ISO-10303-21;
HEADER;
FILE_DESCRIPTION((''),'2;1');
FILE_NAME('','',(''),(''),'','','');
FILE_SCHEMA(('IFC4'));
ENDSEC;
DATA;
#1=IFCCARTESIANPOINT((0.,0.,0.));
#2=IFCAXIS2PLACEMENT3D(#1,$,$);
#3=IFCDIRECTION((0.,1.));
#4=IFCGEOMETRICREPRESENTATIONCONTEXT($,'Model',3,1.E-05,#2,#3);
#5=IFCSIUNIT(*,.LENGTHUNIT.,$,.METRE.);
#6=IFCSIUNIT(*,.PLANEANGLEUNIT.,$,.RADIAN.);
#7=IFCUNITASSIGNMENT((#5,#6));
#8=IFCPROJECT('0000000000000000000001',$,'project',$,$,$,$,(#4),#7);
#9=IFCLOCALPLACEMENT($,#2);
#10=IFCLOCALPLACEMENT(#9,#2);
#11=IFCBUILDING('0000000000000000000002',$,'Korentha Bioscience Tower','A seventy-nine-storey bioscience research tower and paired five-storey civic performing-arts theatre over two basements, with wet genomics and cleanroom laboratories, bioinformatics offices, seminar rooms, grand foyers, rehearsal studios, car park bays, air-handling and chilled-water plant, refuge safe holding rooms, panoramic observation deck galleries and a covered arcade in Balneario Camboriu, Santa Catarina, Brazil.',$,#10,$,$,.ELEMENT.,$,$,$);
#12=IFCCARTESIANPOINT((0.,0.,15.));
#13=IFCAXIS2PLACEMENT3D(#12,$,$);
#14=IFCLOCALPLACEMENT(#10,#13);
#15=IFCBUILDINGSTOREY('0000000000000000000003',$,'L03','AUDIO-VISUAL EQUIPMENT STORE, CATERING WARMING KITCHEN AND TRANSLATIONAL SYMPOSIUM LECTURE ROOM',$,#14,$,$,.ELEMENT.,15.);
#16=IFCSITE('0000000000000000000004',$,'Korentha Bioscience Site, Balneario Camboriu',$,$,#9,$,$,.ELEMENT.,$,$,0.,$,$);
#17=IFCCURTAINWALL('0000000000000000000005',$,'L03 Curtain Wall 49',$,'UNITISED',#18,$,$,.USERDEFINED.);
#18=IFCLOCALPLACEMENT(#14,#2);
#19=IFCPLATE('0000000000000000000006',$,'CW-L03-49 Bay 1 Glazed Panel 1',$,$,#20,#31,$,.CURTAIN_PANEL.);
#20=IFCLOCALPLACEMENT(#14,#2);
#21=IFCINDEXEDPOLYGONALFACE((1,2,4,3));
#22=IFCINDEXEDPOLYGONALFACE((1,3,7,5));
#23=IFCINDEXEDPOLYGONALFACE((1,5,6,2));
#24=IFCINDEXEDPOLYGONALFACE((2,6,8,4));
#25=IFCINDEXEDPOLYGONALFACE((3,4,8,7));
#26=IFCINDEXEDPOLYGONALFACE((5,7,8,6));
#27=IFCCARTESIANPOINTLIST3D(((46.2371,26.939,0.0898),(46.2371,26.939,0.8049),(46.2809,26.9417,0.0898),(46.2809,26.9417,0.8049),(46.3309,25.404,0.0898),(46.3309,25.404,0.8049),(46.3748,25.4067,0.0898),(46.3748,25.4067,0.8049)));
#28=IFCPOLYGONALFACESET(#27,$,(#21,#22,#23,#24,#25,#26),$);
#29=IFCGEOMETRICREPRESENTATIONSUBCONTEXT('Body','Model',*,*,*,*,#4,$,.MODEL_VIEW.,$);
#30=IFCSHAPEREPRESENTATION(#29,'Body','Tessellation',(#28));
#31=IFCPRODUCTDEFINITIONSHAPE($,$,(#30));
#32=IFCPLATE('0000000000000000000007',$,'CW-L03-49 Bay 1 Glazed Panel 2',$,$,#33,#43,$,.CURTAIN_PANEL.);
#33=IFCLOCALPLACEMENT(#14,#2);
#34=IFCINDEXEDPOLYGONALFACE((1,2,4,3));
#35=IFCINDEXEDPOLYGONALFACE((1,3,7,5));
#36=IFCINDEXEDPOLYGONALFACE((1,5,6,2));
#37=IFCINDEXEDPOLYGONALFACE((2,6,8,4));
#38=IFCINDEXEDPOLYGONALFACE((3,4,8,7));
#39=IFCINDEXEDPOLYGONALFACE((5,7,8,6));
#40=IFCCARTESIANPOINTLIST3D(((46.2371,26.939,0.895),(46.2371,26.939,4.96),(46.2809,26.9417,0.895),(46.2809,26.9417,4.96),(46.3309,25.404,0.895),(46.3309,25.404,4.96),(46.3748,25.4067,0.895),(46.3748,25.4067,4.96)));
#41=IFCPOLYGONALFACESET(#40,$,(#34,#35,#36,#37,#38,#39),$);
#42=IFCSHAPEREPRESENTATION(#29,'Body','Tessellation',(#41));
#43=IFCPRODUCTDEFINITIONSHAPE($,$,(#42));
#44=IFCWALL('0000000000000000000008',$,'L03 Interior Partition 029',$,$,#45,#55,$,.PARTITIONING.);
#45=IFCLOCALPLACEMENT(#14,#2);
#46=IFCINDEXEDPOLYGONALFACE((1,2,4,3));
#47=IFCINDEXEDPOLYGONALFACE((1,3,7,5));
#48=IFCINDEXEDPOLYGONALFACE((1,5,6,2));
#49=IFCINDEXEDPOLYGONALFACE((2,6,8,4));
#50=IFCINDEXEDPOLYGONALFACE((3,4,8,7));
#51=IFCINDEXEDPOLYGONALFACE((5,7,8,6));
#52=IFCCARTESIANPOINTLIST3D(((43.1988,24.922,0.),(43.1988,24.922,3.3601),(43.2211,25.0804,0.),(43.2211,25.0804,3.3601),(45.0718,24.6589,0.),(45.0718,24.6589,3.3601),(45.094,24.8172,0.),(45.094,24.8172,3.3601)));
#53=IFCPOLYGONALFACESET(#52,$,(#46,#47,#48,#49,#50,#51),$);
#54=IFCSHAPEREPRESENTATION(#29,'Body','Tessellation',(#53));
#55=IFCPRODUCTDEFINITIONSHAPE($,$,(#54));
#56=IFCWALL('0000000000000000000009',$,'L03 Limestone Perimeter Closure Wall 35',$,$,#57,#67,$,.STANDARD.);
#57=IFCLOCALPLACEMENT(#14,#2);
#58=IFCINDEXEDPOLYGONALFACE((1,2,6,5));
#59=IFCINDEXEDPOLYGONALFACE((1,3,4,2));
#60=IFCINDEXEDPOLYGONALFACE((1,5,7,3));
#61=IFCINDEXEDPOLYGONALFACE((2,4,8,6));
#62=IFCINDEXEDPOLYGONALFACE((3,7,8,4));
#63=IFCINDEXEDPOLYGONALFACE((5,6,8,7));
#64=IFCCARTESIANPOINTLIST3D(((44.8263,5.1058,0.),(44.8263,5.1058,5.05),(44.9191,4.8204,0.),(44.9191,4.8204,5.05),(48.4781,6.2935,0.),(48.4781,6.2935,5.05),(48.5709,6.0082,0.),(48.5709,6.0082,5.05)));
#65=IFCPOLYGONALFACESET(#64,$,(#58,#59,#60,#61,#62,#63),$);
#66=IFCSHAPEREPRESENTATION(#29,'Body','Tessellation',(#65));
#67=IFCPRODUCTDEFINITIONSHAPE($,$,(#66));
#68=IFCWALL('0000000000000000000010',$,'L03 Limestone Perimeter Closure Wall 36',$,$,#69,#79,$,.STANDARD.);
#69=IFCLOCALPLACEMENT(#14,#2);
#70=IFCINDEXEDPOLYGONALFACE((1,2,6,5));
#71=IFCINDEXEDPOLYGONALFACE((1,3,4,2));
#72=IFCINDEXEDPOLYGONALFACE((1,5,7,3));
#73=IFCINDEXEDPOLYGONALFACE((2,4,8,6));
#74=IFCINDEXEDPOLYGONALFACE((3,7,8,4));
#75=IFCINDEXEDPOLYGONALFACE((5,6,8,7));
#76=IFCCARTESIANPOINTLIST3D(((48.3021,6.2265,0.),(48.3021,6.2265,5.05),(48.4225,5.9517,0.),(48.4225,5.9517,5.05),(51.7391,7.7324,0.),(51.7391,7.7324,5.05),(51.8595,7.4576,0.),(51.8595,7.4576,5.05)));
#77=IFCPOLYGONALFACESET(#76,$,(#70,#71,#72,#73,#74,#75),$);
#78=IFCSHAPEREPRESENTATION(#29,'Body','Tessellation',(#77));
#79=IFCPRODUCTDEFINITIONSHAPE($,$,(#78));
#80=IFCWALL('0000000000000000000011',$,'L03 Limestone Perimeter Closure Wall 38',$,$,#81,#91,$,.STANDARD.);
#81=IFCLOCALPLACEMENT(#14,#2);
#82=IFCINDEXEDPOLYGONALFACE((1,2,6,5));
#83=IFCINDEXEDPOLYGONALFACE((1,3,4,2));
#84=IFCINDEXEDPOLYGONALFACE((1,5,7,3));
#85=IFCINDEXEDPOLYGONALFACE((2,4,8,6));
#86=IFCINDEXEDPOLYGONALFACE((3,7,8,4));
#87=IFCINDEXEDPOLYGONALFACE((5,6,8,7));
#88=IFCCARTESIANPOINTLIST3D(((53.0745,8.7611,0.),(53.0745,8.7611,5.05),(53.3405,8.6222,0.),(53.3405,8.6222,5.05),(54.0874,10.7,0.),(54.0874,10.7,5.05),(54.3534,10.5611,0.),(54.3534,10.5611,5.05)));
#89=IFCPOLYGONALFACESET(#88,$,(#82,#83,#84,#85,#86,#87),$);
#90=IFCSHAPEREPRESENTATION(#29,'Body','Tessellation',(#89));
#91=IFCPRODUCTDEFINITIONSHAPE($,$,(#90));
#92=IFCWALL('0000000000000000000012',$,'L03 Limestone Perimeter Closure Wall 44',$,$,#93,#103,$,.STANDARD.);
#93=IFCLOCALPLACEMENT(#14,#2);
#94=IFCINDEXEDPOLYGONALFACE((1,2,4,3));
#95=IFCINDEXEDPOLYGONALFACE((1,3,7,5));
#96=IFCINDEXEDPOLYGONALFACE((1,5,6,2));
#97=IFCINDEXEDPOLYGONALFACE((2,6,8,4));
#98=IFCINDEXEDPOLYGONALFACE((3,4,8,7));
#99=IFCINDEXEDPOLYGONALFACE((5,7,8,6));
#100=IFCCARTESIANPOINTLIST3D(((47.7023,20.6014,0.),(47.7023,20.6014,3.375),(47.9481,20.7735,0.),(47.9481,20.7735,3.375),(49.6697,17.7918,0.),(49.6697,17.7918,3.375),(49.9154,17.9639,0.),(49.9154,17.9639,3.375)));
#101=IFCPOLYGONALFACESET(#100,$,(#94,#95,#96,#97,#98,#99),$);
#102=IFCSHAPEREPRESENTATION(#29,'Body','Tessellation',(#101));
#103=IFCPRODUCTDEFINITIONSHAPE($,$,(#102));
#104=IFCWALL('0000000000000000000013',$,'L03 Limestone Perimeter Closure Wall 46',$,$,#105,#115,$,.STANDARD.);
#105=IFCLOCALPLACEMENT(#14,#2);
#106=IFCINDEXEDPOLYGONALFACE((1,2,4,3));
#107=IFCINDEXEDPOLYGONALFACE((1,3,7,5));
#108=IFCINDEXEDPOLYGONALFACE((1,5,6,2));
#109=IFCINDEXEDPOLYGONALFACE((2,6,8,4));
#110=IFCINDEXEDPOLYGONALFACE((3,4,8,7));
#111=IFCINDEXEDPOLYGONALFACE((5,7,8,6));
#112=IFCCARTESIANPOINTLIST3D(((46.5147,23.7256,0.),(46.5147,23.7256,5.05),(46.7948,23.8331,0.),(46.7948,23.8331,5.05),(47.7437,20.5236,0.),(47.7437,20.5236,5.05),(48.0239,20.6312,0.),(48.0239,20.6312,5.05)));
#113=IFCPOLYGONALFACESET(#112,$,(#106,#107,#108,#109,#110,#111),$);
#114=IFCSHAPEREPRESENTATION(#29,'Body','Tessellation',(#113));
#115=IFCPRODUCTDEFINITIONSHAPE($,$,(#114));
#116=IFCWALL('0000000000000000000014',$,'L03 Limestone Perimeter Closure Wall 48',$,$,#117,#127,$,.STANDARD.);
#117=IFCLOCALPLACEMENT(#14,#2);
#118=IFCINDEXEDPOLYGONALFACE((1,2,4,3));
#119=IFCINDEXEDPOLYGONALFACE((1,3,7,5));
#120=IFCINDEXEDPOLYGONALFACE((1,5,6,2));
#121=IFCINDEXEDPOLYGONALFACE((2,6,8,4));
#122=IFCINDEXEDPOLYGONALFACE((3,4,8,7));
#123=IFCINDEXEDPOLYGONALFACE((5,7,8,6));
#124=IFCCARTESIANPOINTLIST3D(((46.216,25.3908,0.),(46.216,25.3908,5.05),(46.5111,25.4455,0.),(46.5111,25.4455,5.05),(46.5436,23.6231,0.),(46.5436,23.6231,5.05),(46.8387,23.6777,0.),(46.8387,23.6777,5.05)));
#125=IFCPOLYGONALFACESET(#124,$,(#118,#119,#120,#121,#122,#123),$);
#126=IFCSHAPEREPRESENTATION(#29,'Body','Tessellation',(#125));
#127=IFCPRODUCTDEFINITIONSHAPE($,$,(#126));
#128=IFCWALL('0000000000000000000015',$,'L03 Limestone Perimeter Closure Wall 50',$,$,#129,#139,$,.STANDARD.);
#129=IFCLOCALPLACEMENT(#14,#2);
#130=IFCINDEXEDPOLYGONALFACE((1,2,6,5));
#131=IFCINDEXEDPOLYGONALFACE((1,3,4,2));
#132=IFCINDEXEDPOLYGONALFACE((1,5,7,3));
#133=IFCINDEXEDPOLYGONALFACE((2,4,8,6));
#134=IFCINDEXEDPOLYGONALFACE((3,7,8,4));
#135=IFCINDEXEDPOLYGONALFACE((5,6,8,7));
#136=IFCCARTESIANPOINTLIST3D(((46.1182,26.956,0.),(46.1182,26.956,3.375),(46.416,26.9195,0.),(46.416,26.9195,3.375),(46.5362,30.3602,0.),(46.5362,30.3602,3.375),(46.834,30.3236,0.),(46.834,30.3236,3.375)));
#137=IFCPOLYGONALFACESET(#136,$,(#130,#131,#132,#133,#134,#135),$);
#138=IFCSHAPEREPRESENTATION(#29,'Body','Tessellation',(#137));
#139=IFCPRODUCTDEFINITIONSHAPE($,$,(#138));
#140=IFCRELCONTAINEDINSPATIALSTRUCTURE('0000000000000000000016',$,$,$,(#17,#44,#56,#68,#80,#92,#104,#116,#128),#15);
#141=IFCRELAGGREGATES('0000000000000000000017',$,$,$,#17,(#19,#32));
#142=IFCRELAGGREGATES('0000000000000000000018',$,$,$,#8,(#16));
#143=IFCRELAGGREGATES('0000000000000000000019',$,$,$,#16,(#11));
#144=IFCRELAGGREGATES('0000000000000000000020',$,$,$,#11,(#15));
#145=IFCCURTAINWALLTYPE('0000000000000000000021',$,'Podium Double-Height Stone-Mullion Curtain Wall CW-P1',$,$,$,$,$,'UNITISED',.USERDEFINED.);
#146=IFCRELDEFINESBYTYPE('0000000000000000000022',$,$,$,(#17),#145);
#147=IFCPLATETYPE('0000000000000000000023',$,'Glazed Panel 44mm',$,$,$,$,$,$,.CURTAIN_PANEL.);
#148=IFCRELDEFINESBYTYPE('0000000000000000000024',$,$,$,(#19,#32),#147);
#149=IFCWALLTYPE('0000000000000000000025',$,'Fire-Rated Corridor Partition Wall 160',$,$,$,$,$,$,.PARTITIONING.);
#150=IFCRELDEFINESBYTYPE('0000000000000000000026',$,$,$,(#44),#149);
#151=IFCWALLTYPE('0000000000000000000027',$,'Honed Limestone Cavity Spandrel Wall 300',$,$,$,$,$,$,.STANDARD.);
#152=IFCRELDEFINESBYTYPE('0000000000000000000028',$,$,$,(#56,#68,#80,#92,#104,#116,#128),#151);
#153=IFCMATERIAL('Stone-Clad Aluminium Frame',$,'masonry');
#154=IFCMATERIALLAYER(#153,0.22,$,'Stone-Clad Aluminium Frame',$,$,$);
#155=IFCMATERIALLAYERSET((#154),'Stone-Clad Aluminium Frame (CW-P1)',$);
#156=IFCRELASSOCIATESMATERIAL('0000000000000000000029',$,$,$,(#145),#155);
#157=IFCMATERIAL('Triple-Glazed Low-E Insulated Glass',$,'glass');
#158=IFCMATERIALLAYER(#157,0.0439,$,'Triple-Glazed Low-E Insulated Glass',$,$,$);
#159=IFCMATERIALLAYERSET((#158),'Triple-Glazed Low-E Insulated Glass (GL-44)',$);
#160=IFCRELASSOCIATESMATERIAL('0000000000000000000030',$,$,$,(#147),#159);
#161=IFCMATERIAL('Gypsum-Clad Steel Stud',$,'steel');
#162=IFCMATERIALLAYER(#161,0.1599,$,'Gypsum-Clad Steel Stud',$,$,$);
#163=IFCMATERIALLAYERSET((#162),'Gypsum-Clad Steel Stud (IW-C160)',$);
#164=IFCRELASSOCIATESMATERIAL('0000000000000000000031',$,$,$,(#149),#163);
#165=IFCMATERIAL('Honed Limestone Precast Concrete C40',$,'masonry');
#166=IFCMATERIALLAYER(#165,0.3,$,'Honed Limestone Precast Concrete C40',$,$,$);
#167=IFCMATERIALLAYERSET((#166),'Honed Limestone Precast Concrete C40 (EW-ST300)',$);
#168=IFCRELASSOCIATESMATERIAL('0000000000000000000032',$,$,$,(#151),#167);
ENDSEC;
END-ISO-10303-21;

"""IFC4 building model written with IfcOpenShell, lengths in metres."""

from ifc_helpers import new_model, si_unit, direction, frame, frame_2d, origin, origin_2d, place, context, subcontext, project, spatial, rectangle, extrude, material, layer, layer_set, type_object, element, aggregate, save


model = new_model("IFC4")

# Units and contexts
model_context = context("Model", 3, precision=1e-05, world=origin(), true_north=direction((0.0, 1.0)))
body_context = subcontext(model_context, "Body", "Model", "MODEL_VIEW")
ifc_project = project(units=[si_unit("LENGTHUNIT", "METRE"), si_unit("PLANEANGLEUNIT", "RADIAN")], contexts=[model_context])

# Site, building, storey
site_placement = place(None, origin())
site = spatial("IfcSite", under=ifc_project, at=site_placement, Name="Korentha Bioscience Site, Balneario Camboriu", CompositionType="ELEMENT", RefElevation=0.0)
building_placement = place(site_placement, origin())
building = spatial("IfcBuilding", under=site, at=building_placement, Name="Korentha Bioscience Tower", Description="A seventy-nine-storey bioscience research tower and paired five-storey civic performing-arts theatre over two basements, with wet genomics and cleanroom laboratories, bioinformatics offices, seminar rooms, grand foyers, rehearsal studios, car park bays, air-handling and chilled-water plant, refuge safe holding rooms, panoramic observation deck galleries and a covered arcade in Balneario Camboriu, Santa Catarina, Brazil.", CompositionType="ELEMENT")
storey_placement = place(building_placement, frame((0.0, 0.0, 15.0)))
storey = spatial("IfcBuildingStorey", under=building, at=storey_placement, Name="L03", Description="AUDIO-VISUAL EQUIPMENT STORE, CATERING WARMING KITCHEN AND TRANSLATIONAL SYMPOSIUM LECTURE ROOM", CompositionType="ELEMENT", Elevation=15.0)

# Curtain wall
ifc_material_1 = material(Name="Stone-Clad Aluminium Frame", Category="masonry")
ifc_layer_1 = layer(ifc_material_1, 0.22, Name="Stone-Clad Aluminium Frame")
ifc_layer_set_1 = layer_set([ifc_layer_1], Name="Stone-Clad Aluminium Frame (CW-P1)")
curtain_wall_type = type_object("IfcCurtainWallType", Name="Podium Double-Height Stone-Mullion Curtain Wall CW-P1", ElementType="UNITISED", PredefinedType="USERDEFINED", material=ifc_layer_set_1)
curtain_wall_1_placement = place(storey_placement, origin())
curtain_wall_1 = element("IfcCurtainWall", 1, at=curtain_wall_1_placement, inside=storey, type_object=curtain_wall_type, Name="L03 Curtain Wall 49", ObjectType="UNITISED", PredefinedType="USERDEFINED")

# Plates
ifc_material_2 = material(Name="Triple-Glazed Low-E Insulated Glass", Category="glass")
ifc_layer_2 = layer(ifc_material_2, 0.0439, Name="Triple-Glazed Low-E Insulated Glass")
ifc_layer_set_2 = layer_set([ifc_layer_2], Name="Triple-Glazed Low-E Insulated Glass (GL-44)")
plate_type = type_object("IfcPlateType", Name="Glazed Panel 44mm", PredefinedType="CURTAIN_PANEL", material=ifc_layer_set_2)
plate_1_placement = place(storey_placement, frame((46.3059, 26.1729, 0.0898), z_axis=(0.0, 0.0, 1.0), x_axis=(-0.061008, 0.998137, 0.0)))
plate_1 = element("IfcPlate", 2, at=plate_1_placement, type_object=plate_type, Name="CW-L03-49 Bay 1 Glazed Panel 1", PredefinedType="CURTAIN_PANEL", context=body_context, shape_type="SweptSolid", body=[
    extrude(rectangle(XDim=1.5378, YDim=0.0439, at=origin_2d()), origin(), (0.0, 0.0, 1.0), 0.7151),
])
plate_2_placement = place(storey_placement, frame((46.3059, 26.1729, 0.895), z_axis=(0.0, 0.0, 1.0), x_axis=(-0.061008, 0.998137, 0.0)))
plate_2 = element("IfcPlate", 3, at=plate_2_placement, type_object=plate_type, Name="CW-L03-49 Bay 1 Glazed Panel 2", PredefinedType="CURTAIN_PANEL", context=body_context, shape_type="SweptSolid", body=[
    extrude(rectangle(XDim=1.5378, YDim=0.0439, at=origin_2d()), origin(), (0.0, 0.0, 1.0), 4.0649),
])
aggregate(curtain_wall_1, [plate_1, plate_2])

# Walls
ifc_material_3 = material(Name="Gypsum-Clad Steel Stud", Category="steel")
ifc_layer_3 = layer(ifc_material_3, 0.1599, Name="Gypsum-Clad Steel Stud")
ifc_layer_set_3 = layer_set([ifc_layer_3], Name="Gypsum-Clad Steel Stud (IW-C160)")
wall_type_1 = type_object("IfcWallType", Name="Fire-Rated Corridor Partition Wall 160", PredefinedType="PARTITIONING", material=ifc_layer_set_3)
wall_1_placement = place(storey_placement, frame((45.083, 24.738, 0.0), z_axis=(0.0, 0.0, 1.0), x_axis=(-0.990272, 0.139144, 0.0)))
element("IfcWall", 4, at=wall_1_placement, inside=storey, type_object=wall_type_1, Name="L03 Interior Partition 029", PredefinedType="PARTITIONING", context=body_context, shape_type="SweptSolid", body=[
    extrude(rectangle(XDim=1.8914, YDim=0.1599, at=frame_2d((0.9458, 0.0))), origin(), (0.0, 0.0, 1.0), 3.3601),
])
ifc_material_4 = material(Name="Honed Limestone Precast Concrete C40", Category="masonry")
ifc_layer_4 = layer(ifc_material_4, 0.3, Name="Honed Limestone Precast Concrete C40")
ifc_layer_set_4 = layer_set([ifc_layer_4], Name="Honed Limestone Precast Concrete C40 (EW-ST300)")
wall_type_2 = type_object("IfcWallType", Name="Honed Limestone Cavity Spandrel Wall 300", PredefinedType="STANDARD", material=ifc_layer_set_4)
wall_2_placement = place(storey_placement, frame((44.8728, 4.9631, 0.0), z_axis=(0.0, 0.0, 1.0), x_axis=(0.950966, 0.309296, 0.0)))
element("IfcWall", 5, at=wall_2_placement, inside=storey, type_object=wall_type_2, Name="L03 Limestone Perimeter Closure Wall 35", PredefinedType="STANDARD", context=body_context, shape_type="SweptSolid", body=[
    extrude(rectangle(XDim=3.8401, YDim=0.3, at=frame_2d((1.9199, 0.0))), origin(), (0.0, 0.0, 1.0), 5.05),
])
wall_3_placement = place(storey_placement, frame((48.3623, 6.0891, 0.0), z_axis=(0.0, 0.0, 1.0), x_axis=(0.915945, 0.401303, 0.0)))
element("IfcWall", 6, at=wall_3_placement, inside=storey, type_object=wall_type_2, Name="L03 Limestone Perimeter Closure Wall 36", PredefinedType="STANDARD", context=body_context, shape_type="SweptSolid", body=[
    extrude(rectangle(XDim=3.7524, YDim=0.3, at=frame_2d((1.8762, 0.0))), origin(), (0.0, 0.0, 1.0), 5.05),
])
wall_4_placement = place(storey_placement, frame((53.2075, 8.6917, 0.0), z_axis=(0.0, 0.0, 1.0), x_axis=(0.463035, 0.88634, 0.0)))
element("IfcWall", 7, at=wall_4_placement, inside=storey, type_object=wall_type_2, Name="L03 Limestone Perimeter Closure Wall 38", PredefinedType="STANDARD", context=body_context, shape_type="SweptSolid", body=[
    extrude(rectangle(XDim=2.1875, YDim=0.3, at=frame_2d((1.0938, 0.0))), origin(), (0.0, 0.0, 1.0), 5.05),
])
wall_5_placement = place(storey_placement, frame((49.7925, 17.8779, 0.0), z_axis=(0.0, 0.0, 1.0), x_axis=(-0.573577, 0.819152, 0.0)))
element("IfcWall", 8, at=wall_5_placement, inside=storey, type_object=wall_type_2, Name="L03 Limestone Perimeter Closure Wall 44", PredefinedType="STANDARD", context=body_context, shape_type="SweptSolid", body=[
    extrude(rectangle(XDim=3.4299, YDim=0.3, at=frame_2d((1.7148, 0.0))), origin(), (0.0, 0.0, 1.0), 3.375),
])
wall_6_placement = place(storey_placement, frame((47.8838, 20.5774, 0.0), z_axis=(0.0, 0.0, 1.0), x_axis=(-0.358345, 0.933589, 0.0)))
element("IfcWall", 9, at=wall_6_placement, inside=storey, type_object=wall_type_2, Name="L03 Limestone Perimeter Closure Wall 46", PredefinedType="STANDARD", context=body_context, shape_type="SweptSolid", body=[
    extrude(rectangle(XDim=3.4297, YDim=0.3, at=frame_2d((1.7148, 0.0))), origin(), (0.0, 0.0, 1.0), 5.05),
])
wall_7_placement = place(storey_placement, frame((46.6912, 23.6504, 0.0), z_axis=(0.0, 0.0, 1.0), x_axis=(-0.18223, 0.983256, 0.0)))
element("IfcWall", 10, at=wall_7_placement, inside=storey, type_object=wall_type_2, Name="L03 Limestone Perimeter Closure Wall 48", PredefinedType="STANDARD", context=body_context, shape_type="SweptSolid", body=[
    extrude(rectangle(XDim=1.7979, YDim=0.3, at=frame_2d((0.8989, 0.0))), origin(), (0.0, 0.0, 1.0), 5.05),
])
wall_8_placement = place(storey_placement, frame((46.2671, 26.9377, 0.0), z_axis=(0.0, 0.0, 1.0), x_axis=(0.12187, 0.992546, 0.0)))
element("IfcWall", 11, at=wall_8_placement, inside=storey, type_object=wall_type_2, Name="L03 Limestone Perimeter Closure Wall 50", PredefinedType="STANDARD", context=body_context, shape_type="SweptSolid", body=[
    extrude(rectangle(XDim=3.4297, YDim=0.3, at=frame_2d((1.7148, 0.0))), origin(), (0.0, 0.0, 1.0), 3.375),
])

save(model, "model.ifc")
